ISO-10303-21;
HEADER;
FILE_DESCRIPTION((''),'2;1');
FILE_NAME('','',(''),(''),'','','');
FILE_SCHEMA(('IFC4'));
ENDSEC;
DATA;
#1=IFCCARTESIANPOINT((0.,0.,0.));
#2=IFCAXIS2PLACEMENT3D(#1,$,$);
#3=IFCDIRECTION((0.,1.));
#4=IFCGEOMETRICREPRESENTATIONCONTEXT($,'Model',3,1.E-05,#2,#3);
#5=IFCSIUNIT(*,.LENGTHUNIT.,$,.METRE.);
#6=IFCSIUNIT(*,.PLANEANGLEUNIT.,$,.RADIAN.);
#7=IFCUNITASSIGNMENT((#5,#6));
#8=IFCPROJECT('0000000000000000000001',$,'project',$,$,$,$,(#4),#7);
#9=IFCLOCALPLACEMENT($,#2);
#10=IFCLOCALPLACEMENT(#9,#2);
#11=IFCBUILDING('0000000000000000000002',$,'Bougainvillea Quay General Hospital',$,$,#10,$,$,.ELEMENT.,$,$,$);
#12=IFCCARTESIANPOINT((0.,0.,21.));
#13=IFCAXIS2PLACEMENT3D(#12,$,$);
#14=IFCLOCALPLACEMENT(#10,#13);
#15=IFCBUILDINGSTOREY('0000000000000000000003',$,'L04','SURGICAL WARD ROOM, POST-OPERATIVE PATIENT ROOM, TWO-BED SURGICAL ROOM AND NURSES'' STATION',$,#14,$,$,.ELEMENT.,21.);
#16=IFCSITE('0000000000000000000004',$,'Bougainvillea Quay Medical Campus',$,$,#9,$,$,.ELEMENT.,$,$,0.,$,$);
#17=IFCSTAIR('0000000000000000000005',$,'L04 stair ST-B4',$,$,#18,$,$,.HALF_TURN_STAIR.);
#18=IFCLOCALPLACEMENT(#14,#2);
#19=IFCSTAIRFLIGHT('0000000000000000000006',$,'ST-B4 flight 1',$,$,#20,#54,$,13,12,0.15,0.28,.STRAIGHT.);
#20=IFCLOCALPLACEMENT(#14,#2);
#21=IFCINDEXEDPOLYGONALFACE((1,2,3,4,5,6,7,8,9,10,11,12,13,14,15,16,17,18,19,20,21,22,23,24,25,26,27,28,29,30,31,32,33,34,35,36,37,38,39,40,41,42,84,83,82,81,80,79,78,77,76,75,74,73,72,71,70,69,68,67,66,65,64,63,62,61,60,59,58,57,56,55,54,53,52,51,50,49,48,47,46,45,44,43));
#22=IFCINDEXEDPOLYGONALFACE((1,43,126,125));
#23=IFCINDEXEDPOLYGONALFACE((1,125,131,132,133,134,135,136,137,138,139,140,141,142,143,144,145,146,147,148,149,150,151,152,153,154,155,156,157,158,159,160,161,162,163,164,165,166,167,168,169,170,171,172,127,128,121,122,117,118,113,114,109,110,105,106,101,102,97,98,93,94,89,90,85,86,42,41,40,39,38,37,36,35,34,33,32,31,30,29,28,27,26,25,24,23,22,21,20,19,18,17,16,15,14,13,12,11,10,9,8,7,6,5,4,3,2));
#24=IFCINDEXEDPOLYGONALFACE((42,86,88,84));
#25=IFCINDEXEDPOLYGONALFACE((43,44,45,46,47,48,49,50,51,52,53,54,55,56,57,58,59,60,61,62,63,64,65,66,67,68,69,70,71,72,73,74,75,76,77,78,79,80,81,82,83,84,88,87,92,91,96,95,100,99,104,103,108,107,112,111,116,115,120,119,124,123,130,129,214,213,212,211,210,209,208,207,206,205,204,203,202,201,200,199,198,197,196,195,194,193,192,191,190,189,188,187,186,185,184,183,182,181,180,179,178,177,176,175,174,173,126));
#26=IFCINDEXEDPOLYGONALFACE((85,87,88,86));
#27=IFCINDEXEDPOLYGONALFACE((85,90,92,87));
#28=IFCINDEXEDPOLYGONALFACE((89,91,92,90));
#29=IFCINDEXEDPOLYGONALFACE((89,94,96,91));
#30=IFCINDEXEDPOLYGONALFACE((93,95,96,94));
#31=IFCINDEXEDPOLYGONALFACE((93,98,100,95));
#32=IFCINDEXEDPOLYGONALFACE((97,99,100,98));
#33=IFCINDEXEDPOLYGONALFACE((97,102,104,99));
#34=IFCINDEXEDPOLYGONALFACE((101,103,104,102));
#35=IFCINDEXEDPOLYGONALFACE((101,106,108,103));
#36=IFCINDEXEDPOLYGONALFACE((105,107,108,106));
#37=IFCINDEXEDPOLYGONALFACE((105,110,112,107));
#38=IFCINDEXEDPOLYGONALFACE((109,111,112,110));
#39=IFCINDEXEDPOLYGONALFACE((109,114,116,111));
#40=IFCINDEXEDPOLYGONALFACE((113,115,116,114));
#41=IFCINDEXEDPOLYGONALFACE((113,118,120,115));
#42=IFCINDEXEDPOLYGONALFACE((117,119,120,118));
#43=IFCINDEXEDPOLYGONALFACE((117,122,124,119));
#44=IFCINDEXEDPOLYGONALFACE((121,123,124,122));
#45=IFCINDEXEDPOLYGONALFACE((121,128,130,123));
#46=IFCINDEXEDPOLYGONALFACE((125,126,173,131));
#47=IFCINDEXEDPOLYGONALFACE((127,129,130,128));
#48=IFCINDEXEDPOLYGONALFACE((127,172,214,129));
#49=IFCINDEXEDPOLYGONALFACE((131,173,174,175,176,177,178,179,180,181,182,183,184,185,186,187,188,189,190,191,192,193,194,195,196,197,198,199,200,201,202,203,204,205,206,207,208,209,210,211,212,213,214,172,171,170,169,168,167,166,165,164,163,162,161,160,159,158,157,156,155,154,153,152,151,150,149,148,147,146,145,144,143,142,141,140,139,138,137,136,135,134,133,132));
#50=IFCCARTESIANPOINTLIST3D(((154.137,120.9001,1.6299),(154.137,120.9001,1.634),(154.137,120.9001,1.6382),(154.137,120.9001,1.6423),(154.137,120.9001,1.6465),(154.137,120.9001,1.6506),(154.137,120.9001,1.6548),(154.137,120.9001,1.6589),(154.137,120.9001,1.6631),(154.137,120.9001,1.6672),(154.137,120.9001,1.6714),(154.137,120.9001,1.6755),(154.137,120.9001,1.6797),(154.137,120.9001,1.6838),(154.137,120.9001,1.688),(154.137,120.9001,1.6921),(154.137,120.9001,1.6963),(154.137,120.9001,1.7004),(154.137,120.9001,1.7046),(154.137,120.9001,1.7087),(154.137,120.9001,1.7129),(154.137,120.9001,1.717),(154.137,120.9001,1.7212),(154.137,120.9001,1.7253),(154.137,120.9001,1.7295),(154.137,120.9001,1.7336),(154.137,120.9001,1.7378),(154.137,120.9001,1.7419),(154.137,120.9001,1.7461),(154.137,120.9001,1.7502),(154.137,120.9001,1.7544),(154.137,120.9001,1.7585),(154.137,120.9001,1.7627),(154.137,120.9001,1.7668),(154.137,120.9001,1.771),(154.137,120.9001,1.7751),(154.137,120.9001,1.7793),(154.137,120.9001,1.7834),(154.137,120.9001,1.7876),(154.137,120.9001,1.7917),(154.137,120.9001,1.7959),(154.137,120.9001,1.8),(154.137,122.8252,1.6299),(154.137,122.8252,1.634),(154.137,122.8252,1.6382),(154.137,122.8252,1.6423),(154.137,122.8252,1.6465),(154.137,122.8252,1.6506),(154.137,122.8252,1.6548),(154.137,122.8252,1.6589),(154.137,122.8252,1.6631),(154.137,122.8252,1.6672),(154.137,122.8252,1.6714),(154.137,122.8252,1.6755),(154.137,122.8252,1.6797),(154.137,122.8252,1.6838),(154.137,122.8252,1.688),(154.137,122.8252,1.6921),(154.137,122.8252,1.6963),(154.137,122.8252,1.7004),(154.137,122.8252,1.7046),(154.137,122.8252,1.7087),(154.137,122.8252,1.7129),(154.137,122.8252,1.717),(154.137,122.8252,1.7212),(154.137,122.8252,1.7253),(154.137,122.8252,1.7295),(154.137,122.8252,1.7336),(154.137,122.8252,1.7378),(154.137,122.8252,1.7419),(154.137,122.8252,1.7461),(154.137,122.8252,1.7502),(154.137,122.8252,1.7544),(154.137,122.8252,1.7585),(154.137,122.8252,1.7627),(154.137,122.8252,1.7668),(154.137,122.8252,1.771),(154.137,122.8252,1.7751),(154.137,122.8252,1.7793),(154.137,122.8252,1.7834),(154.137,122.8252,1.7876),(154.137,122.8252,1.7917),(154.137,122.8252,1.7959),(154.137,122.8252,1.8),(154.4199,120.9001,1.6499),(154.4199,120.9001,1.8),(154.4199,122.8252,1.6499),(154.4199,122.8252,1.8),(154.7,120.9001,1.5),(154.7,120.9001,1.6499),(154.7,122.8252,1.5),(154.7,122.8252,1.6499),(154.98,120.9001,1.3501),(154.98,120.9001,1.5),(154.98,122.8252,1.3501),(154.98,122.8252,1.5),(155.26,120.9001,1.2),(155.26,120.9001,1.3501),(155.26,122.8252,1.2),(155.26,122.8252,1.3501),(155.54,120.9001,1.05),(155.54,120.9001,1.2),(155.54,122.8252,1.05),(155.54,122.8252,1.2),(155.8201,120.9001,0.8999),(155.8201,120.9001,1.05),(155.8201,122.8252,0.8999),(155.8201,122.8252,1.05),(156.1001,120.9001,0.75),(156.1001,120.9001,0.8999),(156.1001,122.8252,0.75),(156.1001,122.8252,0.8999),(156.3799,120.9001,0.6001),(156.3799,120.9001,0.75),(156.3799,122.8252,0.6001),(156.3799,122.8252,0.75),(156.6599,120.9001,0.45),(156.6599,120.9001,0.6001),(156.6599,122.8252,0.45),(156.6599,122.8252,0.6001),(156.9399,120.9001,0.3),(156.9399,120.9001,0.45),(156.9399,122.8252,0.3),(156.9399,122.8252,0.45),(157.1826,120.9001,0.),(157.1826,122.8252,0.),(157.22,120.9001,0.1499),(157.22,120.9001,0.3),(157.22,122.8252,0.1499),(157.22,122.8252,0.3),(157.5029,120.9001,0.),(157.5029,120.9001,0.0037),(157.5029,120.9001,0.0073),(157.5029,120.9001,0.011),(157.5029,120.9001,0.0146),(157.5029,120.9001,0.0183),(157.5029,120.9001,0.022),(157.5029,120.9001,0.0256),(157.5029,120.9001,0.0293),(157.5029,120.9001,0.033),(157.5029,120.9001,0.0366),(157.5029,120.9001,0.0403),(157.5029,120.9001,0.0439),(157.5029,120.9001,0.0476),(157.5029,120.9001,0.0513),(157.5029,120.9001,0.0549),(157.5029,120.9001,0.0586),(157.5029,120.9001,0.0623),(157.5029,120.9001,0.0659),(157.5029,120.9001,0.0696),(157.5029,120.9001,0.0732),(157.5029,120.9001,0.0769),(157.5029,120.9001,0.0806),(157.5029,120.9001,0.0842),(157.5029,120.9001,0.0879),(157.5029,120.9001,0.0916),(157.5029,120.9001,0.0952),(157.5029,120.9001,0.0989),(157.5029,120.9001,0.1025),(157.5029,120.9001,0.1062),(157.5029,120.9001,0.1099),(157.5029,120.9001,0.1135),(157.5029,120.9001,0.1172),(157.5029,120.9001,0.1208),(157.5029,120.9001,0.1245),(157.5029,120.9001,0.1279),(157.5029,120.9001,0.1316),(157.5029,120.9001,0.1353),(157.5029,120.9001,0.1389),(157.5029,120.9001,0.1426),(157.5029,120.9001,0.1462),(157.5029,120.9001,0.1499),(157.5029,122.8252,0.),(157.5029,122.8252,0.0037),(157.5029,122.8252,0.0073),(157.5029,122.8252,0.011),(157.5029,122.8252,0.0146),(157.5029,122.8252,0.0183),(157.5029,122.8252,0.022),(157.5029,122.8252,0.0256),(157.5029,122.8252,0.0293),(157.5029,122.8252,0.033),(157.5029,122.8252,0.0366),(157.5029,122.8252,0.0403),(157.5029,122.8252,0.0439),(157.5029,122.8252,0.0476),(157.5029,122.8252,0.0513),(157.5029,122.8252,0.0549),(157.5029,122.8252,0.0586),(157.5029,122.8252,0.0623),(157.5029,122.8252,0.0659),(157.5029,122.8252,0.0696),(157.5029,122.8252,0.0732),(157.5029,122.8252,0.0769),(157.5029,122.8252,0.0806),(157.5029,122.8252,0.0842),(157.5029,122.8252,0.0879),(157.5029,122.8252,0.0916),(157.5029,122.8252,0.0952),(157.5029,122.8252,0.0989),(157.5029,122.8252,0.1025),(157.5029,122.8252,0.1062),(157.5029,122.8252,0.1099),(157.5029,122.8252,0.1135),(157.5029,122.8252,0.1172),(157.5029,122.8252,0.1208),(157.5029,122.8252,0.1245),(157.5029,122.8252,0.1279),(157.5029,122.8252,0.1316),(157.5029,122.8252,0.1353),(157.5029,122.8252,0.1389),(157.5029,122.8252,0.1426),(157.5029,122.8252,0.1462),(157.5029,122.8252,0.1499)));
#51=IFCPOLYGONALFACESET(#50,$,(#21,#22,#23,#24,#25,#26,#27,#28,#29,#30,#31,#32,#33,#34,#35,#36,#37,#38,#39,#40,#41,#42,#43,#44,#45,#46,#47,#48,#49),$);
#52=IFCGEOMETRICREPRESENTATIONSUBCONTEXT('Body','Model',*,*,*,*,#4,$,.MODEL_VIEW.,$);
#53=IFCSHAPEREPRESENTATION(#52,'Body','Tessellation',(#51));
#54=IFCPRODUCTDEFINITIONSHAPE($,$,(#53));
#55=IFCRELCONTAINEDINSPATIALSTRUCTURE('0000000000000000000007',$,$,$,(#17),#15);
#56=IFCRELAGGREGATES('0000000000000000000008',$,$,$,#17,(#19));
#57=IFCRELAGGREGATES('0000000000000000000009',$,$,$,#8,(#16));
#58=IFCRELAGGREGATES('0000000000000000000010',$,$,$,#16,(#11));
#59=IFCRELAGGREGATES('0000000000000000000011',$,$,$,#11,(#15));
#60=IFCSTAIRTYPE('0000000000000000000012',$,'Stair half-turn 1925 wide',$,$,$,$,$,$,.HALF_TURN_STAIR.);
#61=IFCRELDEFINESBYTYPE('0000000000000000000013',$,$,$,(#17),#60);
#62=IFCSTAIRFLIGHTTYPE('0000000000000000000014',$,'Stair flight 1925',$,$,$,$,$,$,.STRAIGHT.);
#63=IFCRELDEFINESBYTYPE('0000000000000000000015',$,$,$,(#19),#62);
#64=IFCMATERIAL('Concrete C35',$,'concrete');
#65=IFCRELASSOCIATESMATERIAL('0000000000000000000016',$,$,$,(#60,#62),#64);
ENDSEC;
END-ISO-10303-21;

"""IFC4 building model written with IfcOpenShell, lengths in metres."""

from ifc_helpers import new_model, si_unit, direction, frame, origin, place, context, subcontext, project, spatial, polyline, outline, extrude, material, type_object, element, aggregate, save


model = new_model("IFC4")

# Units and contexts
model_context = context("Model", 3, precision=1e-05, world=origin(), true_north=direction((0.0, 1.0)))
body_context = subcontext(model_context, "Body", "Model", "MODEL_VIEW")
ifc_project = project(units=[si_unit("LENGTHUNIT", "METRE"), si_unit("PLANEANGLEUNIT", "RADIAN")], contexts=[model_context])

# Site, building, storey
site_placement = place(None, origin())
site = spatial("IfcSite", under=ifc_project, at=site_placement, Name="Bougainvillea Quay Medical Campus", CompositionType="ELEMENT", RefElevation=0.0)
building_placement = place(site_placement, origin())
building = spatial("IfcBuilding", under=site, at=building_placement, Name="Bougainvillea Quay General Hospital", CompositionType="ELEMENT")
storey_placement = place(building_placement, frame((0.0, 0.0, 21.0)))
storey = spatial("IfcBuildingStorey", under=building, at=storey_placement, Name="L04", Description="SURGICAL WARD ROOM, POST-OPERATIVE PATIENT ROOM, TWO-BED SURGICAL ROOM AND NURSES' STATION", CompositionType="ELEMENT", Elevation=21.0)

# Stair, stair flight
ifc_material_1 = material(Name="Concrete C35", Category="concrete")
stair_type = type_object("IfcStairType", Name="Stair half-turn 1925 wide", PredefinedType="HALF_TURN_STAIR", material=ifc_material_1)
stair_placement = place(storey_placement, origin())
stair = element("IfcStair", 1, at=stair_placement, inside=storey, type_object=stair_type, Name="L04 stair ST-B4", PredefinedType="HALF_TURN_STAIR")
stair_flight_type = type_object("IfcStairFlightType", Name="Stair flight 1925", PredefinedType="STRAIGHT", material=ifc_material_1)
stair_flight_1_placement = place(storey_placement, frame((157.5, 121.8625, 0.0), z_axis=(0.0, 0.0, 1.0), x_axis=(-1.0, 0.0, 0.0)))
stair_flight_1 = element("IfcStairFlight", 2, at=stair_flight_1_placement, type_object=stair_flight_type, Name="ST-B4 flight 1", NumberOfRisers=13, NumberOfTreads=12, PredefinedType="STRAIGHT", RiserHeight=0.15, TreadLength=0.28, context=body_context, shape_type="SweptSolid", body=[
    extrude(outline(polyline([(-0.0029, 0.0), (-0.0029, 0.0037), (-0.0029, 0.0073), (-0.0029, 0.011), (-0.0029, 0.0146), (-0.0029, 0.0183), (-0.0029, 0.022), (-0.0029, 0.0256), (-0.0029, 0.0293), (-0.0029, 0.033), (-0.0029, 0.0366), (-0.0029, 0.0403), (-0.0029, 0.0439), (-0.0029, 0.0476), (-0.0029, 0.0513), (-0.0029, 0.0549), (-0.0029, 0.0586), (-0.0029, 0.0623), (-0.0029, 0.0659), (-0.0029, 0.0696), (-0.0029, 0.0732), (-0.0029, 0.0769), (-0.0029, 0.0806), (-0.0029, 0.0842), (-0.0029, 0.0879), (-0.0029, 0.0916), (-0.0029, 0.0952), (-0.0029, 0.0989), (-0.0029, 0.1025), (-0.0029, 0.1062), (-0.0029, 0.1099), (-0.0029, 0.1135), (-0.0029, 0.1172), (-0.0029, 0.1208), (-0.0029, 0.1245), (-0.0029, 0.1279), (-0.0029, 0.1316), (-0.0029, 0.1353), (-0.0029, 0.1389), (-0.0029, 0.1426), (-0.0029, 0.1462), (-0.0029, 0.1499), (0.28, 0.1499), (0.28, 0.3), (0.5601, 0.3), (0.5601, 0.45), (0.8401, 0.45), (0.8401, 0.6001), (1.1201, 0.6001), (1.1201, 0.75), (1.3999, 0.75), (1.3999, 0.8999), (1.6799, 0.8999), (1.6799, 1.05), (1.96, 1.05), (1.96, 1.2), (2.24, 1.2), (2.24, 1.3501), (2.52, 1.3501), (2.52, 1.5), (2.8, 1.5), (2.8, 1.6499), (3.0801, 1.6499), (3.0801, 1.8), (3.363, 1.8), (3.363, 1.7959), (3.363, 1.7917), (3.363, 1.7876), (3.363, 1.7834), (3.363, 1.7793), (3.363, 1.7751), (3.363, 1.771), (3.363, 1.7668), (3.363, 1.7627), (3.363, 1.7585), (3.363, 1.7544), (3.363, 1.7502), (3.363, 1.7461), (3.363, 1.7419), (3.363, 1.7378), (3.363, 1.7336), (3.363, 1.7295), (3.363, 1.7253), (3.363, 1.7212), (3.363, 1.717), (3.363, 1.7129), (3.363, 1.7087), (3.363, 1.7046), (3.363, 1.7004), (3.363, 1.6963), (3.363, 1.6921), (3.363, 1.688), (3.363, 1.6838), (3.363, 1.6797), (3.363, 1.6755), (3.363, 1.6714), (3.363, 1.6672), (3.363, 1.6631), (3.363, 1.6589), (3.363, 1.6548), (3.363, 1.6506), (3.363, 1.6465), (3.363, 1.6423), (3.363, 1.6382), (3.363, 1.634), (3.363, 1.6299), (0.3174, 0.0), (-0.0029, 0.0)])), frame((0.0, 0.9624, 0.0), z_axis=(0.0, -1.0, 0.0), x_axis=(1.0, 0.0, 0.0)), (0.0, 0.0, 1.0), 1.925),
])
aggregate(stair, [stair_flight_1])

save(model, "model.ifc")
